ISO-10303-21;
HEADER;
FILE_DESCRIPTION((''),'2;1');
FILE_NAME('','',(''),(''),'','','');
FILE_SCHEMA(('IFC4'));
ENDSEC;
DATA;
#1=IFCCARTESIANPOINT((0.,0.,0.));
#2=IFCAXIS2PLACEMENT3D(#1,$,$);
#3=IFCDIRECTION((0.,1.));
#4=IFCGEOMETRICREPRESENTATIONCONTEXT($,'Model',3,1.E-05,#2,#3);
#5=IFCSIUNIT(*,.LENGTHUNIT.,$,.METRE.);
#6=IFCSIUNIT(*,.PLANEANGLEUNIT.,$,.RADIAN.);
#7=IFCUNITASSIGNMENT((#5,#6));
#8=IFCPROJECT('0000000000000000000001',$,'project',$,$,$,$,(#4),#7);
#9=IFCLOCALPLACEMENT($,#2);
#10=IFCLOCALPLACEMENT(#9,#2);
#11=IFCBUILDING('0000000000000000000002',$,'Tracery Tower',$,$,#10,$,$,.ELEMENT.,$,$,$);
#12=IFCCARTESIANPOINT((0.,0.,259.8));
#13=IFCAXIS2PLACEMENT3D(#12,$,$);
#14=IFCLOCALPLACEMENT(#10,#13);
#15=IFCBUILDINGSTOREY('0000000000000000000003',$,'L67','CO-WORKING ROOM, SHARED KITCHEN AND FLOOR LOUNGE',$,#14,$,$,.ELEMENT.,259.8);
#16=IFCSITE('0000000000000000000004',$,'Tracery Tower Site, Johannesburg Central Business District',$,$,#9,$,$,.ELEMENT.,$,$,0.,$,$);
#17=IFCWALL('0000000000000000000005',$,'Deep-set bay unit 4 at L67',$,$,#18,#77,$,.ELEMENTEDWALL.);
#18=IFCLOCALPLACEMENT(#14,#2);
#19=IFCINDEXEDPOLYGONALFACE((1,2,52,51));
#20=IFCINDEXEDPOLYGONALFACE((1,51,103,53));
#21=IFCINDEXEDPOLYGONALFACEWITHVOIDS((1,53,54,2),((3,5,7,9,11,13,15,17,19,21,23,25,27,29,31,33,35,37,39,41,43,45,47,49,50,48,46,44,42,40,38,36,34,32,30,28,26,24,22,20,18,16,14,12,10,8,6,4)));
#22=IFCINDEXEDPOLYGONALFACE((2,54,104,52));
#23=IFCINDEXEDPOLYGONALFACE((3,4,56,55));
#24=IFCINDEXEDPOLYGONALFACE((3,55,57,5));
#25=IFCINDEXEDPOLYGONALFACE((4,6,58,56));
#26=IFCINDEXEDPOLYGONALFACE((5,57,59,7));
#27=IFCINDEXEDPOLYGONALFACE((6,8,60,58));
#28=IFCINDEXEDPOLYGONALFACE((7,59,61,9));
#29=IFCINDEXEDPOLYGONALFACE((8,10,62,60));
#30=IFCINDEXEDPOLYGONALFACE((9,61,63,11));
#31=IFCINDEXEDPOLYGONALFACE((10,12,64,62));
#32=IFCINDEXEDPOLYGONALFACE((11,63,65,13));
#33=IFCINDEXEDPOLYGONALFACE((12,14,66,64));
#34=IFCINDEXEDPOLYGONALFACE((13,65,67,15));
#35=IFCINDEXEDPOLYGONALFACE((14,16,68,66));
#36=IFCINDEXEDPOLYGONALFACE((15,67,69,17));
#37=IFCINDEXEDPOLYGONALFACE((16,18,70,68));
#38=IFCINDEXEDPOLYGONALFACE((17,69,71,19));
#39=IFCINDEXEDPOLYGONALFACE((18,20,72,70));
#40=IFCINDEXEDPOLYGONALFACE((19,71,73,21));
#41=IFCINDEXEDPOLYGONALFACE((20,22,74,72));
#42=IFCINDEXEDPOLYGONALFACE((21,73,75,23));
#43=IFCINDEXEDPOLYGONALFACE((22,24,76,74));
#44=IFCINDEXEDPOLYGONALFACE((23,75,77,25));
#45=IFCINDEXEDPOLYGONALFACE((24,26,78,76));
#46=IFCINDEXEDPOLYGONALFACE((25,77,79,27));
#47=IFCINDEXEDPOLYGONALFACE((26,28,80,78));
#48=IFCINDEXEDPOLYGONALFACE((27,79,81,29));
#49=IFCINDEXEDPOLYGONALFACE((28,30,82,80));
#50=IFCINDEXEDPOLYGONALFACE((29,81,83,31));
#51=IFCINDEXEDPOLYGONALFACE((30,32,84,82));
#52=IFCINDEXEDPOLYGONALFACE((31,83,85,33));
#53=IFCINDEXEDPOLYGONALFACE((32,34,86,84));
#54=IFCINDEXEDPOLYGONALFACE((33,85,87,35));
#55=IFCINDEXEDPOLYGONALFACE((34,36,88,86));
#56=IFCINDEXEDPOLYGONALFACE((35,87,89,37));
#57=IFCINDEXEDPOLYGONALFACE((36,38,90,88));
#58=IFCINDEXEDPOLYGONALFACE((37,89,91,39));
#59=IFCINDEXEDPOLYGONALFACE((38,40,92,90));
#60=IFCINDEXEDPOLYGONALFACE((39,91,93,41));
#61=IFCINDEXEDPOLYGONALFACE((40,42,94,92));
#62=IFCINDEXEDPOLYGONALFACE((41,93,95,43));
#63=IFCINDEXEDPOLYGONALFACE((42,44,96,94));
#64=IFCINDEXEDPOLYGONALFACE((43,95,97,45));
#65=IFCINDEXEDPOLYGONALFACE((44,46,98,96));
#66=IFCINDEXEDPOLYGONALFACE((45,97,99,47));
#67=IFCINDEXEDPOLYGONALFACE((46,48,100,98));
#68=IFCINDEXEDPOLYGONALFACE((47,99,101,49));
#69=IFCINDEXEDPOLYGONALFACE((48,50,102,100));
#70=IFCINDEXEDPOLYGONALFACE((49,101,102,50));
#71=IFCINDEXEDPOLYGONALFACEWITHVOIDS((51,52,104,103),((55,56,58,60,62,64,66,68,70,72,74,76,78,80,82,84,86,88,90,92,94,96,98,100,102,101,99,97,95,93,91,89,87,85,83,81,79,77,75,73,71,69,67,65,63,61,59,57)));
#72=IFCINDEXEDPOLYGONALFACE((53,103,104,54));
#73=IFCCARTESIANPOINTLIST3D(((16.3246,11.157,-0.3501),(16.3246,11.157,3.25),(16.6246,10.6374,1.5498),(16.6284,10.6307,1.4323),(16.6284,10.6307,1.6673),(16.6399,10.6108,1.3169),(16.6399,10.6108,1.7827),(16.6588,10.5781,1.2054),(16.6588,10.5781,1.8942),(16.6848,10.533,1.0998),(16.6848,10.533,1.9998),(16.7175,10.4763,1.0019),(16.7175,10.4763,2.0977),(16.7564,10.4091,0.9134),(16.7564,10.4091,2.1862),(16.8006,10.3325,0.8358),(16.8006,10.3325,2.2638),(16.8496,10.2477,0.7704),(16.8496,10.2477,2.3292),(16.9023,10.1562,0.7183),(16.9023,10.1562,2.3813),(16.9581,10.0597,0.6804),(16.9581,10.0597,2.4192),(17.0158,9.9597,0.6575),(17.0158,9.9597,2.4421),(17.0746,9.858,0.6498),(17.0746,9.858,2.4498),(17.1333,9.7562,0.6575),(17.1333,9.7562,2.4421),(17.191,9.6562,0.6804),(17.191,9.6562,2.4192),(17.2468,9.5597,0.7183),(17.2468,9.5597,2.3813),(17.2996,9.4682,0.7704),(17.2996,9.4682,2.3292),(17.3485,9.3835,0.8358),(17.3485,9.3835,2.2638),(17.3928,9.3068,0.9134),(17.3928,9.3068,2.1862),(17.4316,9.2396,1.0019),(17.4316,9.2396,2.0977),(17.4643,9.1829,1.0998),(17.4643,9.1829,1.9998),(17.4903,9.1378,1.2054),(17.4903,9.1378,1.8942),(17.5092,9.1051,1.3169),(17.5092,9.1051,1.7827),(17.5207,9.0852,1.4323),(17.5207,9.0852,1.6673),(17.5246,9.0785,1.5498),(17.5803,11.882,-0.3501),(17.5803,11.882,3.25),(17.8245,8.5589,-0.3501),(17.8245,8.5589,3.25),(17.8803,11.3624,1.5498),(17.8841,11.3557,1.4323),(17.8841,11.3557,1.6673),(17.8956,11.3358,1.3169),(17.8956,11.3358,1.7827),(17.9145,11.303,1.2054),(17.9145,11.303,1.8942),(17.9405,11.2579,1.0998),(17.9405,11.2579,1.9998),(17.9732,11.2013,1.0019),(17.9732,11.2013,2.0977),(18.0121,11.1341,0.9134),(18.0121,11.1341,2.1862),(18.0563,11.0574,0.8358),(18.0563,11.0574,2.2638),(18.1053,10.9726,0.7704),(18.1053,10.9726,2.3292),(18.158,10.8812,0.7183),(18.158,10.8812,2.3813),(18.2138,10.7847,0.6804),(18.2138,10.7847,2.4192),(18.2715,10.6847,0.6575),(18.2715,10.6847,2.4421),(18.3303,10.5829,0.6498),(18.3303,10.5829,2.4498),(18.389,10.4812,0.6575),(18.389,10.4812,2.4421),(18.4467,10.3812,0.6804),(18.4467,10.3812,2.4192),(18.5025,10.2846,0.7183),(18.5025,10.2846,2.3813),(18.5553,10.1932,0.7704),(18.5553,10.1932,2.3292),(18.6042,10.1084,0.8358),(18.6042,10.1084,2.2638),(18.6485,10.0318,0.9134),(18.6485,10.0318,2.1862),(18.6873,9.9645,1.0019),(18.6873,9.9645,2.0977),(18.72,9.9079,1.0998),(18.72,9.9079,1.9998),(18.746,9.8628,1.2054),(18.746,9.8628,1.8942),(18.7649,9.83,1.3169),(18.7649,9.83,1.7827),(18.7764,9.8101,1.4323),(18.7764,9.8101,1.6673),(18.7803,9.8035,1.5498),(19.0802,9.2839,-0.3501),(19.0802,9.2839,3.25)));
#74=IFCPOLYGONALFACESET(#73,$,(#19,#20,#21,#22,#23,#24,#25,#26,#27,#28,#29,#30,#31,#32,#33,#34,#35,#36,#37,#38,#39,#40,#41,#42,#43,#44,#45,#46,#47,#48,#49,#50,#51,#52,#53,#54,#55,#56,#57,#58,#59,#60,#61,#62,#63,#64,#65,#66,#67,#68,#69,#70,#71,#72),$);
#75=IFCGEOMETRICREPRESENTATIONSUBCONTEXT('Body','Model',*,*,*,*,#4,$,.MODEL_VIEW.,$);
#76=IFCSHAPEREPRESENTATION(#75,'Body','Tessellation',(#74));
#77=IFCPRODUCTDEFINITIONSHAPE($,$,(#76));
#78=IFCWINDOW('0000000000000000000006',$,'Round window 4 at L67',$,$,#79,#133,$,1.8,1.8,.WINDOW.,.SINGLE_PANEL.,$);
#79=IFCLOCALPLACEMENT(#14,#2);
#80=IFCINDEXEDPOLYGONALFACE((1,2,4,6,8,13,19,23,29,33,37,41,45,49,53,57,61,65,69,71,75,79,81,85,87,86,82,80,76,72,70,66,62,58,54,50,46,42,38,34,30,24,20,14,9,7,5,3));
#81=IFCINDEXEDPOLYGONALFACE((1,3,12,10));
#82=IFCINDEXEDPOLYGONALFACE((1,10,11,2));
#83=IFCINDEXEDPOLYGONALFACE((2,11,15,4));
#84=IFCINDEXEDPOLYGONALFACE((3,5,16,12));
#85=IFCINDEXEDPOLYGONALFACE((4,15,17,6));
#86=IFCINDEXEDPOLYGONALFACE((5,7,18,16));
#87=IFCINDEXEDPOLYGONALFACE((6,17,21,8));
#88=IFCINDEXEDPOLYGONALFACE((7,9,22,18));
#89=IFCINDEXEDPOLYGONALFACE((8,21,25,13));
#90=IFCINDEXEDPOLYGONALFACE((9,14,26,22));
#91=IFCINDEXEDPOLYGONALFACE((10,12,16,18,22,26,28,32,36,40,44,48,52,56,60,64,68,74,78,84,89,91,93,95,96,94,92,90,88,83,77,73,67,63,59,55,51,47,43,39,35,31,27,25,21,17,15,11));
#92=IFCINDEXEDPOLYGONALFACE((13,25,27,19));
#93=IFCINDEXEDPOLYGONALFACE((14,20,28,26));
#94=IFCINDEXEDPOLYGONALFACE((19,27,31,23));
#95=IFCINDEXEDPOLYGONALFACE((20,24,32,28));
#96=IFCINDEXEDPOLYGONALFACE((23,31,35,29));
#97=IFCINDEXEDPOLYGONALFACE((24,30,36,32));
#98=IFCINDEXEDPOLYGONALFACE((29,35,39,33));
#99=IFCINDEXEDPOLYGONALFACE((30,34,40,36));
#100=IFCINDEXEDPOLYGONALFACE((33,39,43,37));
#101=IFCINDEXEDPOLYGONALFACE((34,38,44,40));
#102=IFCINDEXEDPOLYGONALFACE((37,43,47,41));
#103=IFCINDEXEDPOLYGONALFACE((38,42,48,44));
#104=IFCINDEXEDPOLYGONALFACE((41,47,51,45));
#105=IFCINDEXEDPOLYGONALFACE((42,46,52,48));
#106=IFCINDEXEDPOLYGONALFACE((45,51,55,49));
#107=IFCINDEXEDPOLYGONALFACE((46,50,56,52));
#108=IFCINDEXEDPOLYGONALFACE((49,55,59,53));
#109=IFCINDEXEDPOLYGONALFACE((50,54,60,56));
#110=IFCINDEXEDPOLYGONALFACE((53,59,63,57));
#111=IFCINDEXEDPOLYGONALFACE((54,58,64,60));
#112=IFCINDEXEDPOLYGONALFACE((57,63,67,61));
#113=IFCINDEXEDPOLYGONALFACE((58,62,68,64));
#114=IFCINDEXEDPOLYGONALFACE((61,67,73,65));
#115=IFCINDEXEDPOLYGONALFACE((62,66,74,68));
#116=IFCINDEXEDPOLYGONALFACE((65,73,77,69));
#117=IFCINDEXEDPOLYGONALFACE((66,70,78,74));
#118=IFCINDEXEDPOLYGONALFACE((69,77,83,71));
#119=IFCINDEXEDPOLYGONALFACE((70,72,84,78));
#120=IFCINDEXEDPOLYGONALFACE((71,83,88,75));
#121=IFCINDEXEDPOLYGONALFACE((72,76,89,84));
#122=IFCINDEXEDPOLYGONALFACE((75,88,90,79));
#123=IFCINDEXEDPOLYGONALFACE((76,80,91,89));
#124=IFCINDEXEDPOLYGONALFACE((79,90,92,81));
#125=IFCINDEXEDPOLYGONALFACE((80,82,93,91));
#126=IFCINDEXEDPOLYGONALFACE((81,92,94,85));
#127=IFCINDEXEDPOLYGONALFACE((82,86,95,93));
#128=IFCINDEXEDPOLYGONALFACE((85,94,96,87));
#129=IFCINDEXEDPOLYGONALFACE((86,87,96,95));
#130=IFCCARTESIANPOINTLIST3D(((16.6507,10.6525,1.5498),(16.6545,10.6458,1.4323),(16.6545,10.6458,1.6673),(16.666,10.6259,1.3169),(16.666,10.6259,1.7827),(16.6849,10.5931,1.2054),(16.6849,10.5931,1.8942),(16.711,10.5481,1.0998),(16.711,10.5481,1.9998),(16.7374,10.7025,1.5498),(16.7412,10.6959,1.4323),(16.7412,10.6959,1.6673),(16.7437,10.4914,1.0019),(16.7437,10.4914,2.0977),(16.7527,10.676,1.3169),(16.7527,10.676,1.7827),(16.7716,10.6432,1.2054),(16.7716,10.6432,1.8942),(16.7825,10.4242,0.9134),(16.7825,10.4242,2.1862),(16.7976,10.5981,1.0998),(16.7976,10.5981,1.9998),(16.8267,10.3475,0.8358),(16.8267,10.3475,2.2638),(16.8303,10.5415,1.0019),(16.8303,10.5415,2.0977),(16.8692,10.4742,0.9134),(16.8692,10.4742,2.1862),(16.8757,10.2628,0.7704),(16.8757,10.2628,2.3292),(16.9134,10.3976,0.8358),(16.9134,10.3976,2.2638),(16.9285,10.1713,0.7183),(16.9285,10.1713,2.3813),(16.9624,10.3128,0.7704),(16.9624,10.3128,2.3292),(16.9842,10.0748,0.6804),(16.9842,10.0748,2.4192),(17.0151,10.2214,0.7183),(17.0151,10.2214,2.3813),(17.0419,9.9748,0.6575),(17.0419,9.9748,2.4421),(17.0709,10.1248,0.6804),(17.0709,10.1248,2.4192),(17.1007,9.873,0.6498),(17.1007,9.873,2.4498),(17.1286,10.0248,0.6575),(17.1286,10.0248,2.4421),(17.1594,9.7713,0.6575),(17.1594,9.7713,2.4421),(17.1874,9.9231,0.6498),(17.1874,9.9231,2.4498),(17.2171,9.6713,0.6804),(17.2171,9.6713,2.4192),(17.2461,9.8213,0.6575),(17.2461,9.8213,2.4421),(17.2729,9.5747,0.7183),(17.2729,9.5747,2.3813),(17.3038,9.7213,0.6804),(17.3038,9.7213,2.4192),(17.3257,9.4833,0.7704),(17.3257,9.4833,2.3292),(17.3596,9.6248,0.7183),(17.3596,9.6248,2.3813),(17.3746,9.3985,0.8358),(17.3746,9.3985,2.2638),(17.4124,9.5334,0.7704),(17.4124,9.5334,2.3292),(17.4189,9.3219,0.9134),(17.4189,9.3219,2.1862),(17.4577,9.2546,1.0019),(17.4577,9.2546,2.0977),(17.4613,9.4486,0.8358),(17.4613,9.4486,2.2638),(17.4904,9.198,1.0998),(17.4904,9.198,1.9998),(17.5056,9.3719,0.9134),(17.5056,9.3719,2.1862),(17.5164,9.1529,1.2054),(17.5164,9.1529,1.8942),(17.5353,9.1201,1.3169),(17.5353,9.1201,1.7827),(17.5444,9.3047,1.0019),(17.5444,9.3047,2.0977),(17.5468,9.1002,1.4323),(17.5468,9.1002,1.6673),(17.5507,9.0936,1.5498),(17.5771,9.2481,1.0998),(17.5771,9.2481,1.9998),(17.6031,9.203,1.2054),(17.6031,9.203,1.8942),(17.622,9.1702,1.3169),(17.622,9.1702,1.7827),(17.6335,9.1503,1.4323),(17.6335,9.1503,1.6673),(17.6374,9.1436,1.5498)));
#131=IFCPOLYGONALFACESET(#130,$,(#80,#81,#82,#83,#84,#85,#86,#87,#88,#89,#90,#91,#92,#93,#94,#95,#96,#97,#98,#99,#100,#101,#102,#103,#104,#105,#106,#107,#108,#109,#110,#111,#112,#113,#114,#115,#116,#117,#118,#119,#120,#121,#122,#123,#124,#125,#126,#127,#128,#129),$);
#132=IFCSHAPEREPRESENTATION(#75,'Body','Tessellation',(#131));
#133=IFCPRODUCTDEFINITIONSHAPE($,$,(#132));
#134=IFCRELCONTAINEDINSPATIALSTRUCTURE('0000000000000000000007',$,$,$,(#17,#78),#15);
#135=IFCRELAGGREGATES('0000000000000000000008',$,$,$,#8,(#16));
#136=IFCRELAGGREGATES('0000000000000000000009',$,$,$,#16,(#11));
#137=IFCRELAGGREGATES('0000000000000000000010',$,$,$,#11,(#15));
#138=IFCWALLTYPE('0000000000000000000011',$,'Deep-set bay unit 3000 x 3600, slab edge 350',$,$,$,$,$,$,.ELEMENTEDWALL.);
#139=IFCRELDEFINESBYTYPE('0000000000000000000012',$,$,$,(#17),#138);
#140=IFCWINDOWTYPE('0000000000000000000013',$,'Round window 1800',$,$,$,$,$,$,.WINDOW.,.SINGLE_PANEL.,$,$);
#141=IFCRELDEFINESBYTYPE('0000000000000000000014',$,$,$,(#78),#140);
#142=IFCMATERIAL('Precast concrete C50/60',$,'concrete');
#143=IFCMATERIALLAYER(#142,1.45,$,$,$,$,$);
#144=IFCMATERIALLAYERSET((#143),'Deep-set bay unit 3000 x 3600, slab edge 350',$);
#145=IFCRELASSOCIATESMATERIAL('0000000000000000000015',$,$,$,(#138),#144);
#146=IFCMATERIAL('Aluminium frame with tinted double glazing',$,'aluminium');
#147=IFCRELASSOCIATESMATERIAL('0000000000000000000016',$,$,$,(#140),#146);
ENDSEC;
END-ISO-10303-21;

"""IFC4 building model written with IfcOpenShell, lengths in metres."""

from ifc_helpers import new_model, si_unit, direction, frame, frame_2d, origin, origin_2d, place, context, subcontext, project, spatial, rectangle, circle, extrude, material, layer, layer_set, type_object, element, fill, save


model = new_model("IFC4")

# Units and contexts
model_context = context("Model", 3, precision=1e-05, world=origin(), true_north=direction((0.0, 1.0)))
body_context = subcontext(model_context, "Body", "Model", "MODEL_VIEW")
ifc_project = project(units=[si_unit("LENGTHUNIT", "METRE"), si_unit("PLANEANGLEUNIT", "RADIAN")], contexts=[model_context])

# Site, building, storey
site_placement = place(None, origin())
site = spatial("IfcSite", under=ifc_project, at=site_placement, Name="Tracery Tower Site, Johannesburg Central Business District", CompositionType="ELEMENT", RefElevation=0.0)
building_placement = place(site_placement, origin())
building = spatial("IfcBuilding", under=site, at=building_placement, Name="Tracery Tower", CompositionType="ELEMENT")
storey_placement = place(building_placement, frame((0.0, 0.0, 259.8)))
storey = spatial("IfcBuildingStorey", under=building, at=storey_placement, Name="L67", Description="CO-WORKING ROOM, SHARED KITCHEN AND FLOOR LOUNGE", CompositionType="ELEMENT", Elevation=259.8)

# Wall, opening, window
ifc_material_1 = material(Name="Precast concrete C50/60", Category="concrete")
ifc_layer_1 = layer(ifc_material_1, 1.45)
ifc_layer_set_1 = layer_set([ifc_layer_1], Name="Deep-set bay unit 3000 x 3600, slab edge 350")
wall_type_1 = type_object("IfcWallType", Name="Deep-set bay unit 3000 x 3600, slab edge 350", PredefinedType="ELEMENTEDWALL", material=ifc_layer_set_1)
wall_1_placement = place(storey_placement, frame((18.4524, 8.9214, -0.3501), z_axis=(0.0, 0.0, 1.0), x_axis=(-0.49999, 0.866031, 0.0)))
wall_1 = element("IfcWall", 1, at=wall_1_placement, inside=storey, type_object=wall_type_1, Name="Deep-set bay unit 4 at L67", PredefinedType="ELEMENTEDWALL", context=body_context, shape_type="SweptSolid", body=[
    extrude(rectangle(XDim=3.0, YDim=1.45, at=frame_2d((1.5, 0.0))), origin(), (0.0, 0.0, 1.0), 3.6001),
])
opening_1_placement = place(wall_1_placement, frame((1.5, 0.0, 1.8999)))
opening_1 = element("IfcOpeningElement", 2, at=opening_1_placement, cuts=wall_1, PredefinedType="OPENING", context=body_context, shape_type="SweptSolid", body=[
    extrude(circle(Radius=0.9, at=origin_2d()), frame((0.0, 0.7349, 0.0), z_axis=(0.0, -1.0, 0.0), x_axis=(1.0, 0.0, 0.0)), (0.0, 0.0, 1.0), 1.47),
])
ifc_material_2 = material(Name="Aluminium frame with tinted double glazing", Category="aluminium")
window_type = type_object("IfcWindowType", Name="Round window 1800", PartitioningType="SINGLE_PANEL", PredefinedType="WINDOW", material=ifc_material_2)
window_1_placement = place(opening_1_placement, origin())
window_1 = element("IfcWindow", 3, at=window_1_placement, inside=storey, type_object=window_type, Name="Round window 4 at L67", OverallHeight=1.8, OverallWidth=1.8, PartitioningType="SINGLE_PANEL", PredefinedType="WINDOW", context=body_context, shape_type="SweptSolid", body=[
    extrude(circle(Radius=0.9, at=origin_2d()), frame((0.0, 0.6948, 0.0), z_axis=(0.0, -1.0, 0.0), x_axis=(1.0, 0.0, 0.0)), (0.0, 0.0, 1.0), 0.1001),
])
fill(opening_1, window_1)

save(model, "model.ifc")
